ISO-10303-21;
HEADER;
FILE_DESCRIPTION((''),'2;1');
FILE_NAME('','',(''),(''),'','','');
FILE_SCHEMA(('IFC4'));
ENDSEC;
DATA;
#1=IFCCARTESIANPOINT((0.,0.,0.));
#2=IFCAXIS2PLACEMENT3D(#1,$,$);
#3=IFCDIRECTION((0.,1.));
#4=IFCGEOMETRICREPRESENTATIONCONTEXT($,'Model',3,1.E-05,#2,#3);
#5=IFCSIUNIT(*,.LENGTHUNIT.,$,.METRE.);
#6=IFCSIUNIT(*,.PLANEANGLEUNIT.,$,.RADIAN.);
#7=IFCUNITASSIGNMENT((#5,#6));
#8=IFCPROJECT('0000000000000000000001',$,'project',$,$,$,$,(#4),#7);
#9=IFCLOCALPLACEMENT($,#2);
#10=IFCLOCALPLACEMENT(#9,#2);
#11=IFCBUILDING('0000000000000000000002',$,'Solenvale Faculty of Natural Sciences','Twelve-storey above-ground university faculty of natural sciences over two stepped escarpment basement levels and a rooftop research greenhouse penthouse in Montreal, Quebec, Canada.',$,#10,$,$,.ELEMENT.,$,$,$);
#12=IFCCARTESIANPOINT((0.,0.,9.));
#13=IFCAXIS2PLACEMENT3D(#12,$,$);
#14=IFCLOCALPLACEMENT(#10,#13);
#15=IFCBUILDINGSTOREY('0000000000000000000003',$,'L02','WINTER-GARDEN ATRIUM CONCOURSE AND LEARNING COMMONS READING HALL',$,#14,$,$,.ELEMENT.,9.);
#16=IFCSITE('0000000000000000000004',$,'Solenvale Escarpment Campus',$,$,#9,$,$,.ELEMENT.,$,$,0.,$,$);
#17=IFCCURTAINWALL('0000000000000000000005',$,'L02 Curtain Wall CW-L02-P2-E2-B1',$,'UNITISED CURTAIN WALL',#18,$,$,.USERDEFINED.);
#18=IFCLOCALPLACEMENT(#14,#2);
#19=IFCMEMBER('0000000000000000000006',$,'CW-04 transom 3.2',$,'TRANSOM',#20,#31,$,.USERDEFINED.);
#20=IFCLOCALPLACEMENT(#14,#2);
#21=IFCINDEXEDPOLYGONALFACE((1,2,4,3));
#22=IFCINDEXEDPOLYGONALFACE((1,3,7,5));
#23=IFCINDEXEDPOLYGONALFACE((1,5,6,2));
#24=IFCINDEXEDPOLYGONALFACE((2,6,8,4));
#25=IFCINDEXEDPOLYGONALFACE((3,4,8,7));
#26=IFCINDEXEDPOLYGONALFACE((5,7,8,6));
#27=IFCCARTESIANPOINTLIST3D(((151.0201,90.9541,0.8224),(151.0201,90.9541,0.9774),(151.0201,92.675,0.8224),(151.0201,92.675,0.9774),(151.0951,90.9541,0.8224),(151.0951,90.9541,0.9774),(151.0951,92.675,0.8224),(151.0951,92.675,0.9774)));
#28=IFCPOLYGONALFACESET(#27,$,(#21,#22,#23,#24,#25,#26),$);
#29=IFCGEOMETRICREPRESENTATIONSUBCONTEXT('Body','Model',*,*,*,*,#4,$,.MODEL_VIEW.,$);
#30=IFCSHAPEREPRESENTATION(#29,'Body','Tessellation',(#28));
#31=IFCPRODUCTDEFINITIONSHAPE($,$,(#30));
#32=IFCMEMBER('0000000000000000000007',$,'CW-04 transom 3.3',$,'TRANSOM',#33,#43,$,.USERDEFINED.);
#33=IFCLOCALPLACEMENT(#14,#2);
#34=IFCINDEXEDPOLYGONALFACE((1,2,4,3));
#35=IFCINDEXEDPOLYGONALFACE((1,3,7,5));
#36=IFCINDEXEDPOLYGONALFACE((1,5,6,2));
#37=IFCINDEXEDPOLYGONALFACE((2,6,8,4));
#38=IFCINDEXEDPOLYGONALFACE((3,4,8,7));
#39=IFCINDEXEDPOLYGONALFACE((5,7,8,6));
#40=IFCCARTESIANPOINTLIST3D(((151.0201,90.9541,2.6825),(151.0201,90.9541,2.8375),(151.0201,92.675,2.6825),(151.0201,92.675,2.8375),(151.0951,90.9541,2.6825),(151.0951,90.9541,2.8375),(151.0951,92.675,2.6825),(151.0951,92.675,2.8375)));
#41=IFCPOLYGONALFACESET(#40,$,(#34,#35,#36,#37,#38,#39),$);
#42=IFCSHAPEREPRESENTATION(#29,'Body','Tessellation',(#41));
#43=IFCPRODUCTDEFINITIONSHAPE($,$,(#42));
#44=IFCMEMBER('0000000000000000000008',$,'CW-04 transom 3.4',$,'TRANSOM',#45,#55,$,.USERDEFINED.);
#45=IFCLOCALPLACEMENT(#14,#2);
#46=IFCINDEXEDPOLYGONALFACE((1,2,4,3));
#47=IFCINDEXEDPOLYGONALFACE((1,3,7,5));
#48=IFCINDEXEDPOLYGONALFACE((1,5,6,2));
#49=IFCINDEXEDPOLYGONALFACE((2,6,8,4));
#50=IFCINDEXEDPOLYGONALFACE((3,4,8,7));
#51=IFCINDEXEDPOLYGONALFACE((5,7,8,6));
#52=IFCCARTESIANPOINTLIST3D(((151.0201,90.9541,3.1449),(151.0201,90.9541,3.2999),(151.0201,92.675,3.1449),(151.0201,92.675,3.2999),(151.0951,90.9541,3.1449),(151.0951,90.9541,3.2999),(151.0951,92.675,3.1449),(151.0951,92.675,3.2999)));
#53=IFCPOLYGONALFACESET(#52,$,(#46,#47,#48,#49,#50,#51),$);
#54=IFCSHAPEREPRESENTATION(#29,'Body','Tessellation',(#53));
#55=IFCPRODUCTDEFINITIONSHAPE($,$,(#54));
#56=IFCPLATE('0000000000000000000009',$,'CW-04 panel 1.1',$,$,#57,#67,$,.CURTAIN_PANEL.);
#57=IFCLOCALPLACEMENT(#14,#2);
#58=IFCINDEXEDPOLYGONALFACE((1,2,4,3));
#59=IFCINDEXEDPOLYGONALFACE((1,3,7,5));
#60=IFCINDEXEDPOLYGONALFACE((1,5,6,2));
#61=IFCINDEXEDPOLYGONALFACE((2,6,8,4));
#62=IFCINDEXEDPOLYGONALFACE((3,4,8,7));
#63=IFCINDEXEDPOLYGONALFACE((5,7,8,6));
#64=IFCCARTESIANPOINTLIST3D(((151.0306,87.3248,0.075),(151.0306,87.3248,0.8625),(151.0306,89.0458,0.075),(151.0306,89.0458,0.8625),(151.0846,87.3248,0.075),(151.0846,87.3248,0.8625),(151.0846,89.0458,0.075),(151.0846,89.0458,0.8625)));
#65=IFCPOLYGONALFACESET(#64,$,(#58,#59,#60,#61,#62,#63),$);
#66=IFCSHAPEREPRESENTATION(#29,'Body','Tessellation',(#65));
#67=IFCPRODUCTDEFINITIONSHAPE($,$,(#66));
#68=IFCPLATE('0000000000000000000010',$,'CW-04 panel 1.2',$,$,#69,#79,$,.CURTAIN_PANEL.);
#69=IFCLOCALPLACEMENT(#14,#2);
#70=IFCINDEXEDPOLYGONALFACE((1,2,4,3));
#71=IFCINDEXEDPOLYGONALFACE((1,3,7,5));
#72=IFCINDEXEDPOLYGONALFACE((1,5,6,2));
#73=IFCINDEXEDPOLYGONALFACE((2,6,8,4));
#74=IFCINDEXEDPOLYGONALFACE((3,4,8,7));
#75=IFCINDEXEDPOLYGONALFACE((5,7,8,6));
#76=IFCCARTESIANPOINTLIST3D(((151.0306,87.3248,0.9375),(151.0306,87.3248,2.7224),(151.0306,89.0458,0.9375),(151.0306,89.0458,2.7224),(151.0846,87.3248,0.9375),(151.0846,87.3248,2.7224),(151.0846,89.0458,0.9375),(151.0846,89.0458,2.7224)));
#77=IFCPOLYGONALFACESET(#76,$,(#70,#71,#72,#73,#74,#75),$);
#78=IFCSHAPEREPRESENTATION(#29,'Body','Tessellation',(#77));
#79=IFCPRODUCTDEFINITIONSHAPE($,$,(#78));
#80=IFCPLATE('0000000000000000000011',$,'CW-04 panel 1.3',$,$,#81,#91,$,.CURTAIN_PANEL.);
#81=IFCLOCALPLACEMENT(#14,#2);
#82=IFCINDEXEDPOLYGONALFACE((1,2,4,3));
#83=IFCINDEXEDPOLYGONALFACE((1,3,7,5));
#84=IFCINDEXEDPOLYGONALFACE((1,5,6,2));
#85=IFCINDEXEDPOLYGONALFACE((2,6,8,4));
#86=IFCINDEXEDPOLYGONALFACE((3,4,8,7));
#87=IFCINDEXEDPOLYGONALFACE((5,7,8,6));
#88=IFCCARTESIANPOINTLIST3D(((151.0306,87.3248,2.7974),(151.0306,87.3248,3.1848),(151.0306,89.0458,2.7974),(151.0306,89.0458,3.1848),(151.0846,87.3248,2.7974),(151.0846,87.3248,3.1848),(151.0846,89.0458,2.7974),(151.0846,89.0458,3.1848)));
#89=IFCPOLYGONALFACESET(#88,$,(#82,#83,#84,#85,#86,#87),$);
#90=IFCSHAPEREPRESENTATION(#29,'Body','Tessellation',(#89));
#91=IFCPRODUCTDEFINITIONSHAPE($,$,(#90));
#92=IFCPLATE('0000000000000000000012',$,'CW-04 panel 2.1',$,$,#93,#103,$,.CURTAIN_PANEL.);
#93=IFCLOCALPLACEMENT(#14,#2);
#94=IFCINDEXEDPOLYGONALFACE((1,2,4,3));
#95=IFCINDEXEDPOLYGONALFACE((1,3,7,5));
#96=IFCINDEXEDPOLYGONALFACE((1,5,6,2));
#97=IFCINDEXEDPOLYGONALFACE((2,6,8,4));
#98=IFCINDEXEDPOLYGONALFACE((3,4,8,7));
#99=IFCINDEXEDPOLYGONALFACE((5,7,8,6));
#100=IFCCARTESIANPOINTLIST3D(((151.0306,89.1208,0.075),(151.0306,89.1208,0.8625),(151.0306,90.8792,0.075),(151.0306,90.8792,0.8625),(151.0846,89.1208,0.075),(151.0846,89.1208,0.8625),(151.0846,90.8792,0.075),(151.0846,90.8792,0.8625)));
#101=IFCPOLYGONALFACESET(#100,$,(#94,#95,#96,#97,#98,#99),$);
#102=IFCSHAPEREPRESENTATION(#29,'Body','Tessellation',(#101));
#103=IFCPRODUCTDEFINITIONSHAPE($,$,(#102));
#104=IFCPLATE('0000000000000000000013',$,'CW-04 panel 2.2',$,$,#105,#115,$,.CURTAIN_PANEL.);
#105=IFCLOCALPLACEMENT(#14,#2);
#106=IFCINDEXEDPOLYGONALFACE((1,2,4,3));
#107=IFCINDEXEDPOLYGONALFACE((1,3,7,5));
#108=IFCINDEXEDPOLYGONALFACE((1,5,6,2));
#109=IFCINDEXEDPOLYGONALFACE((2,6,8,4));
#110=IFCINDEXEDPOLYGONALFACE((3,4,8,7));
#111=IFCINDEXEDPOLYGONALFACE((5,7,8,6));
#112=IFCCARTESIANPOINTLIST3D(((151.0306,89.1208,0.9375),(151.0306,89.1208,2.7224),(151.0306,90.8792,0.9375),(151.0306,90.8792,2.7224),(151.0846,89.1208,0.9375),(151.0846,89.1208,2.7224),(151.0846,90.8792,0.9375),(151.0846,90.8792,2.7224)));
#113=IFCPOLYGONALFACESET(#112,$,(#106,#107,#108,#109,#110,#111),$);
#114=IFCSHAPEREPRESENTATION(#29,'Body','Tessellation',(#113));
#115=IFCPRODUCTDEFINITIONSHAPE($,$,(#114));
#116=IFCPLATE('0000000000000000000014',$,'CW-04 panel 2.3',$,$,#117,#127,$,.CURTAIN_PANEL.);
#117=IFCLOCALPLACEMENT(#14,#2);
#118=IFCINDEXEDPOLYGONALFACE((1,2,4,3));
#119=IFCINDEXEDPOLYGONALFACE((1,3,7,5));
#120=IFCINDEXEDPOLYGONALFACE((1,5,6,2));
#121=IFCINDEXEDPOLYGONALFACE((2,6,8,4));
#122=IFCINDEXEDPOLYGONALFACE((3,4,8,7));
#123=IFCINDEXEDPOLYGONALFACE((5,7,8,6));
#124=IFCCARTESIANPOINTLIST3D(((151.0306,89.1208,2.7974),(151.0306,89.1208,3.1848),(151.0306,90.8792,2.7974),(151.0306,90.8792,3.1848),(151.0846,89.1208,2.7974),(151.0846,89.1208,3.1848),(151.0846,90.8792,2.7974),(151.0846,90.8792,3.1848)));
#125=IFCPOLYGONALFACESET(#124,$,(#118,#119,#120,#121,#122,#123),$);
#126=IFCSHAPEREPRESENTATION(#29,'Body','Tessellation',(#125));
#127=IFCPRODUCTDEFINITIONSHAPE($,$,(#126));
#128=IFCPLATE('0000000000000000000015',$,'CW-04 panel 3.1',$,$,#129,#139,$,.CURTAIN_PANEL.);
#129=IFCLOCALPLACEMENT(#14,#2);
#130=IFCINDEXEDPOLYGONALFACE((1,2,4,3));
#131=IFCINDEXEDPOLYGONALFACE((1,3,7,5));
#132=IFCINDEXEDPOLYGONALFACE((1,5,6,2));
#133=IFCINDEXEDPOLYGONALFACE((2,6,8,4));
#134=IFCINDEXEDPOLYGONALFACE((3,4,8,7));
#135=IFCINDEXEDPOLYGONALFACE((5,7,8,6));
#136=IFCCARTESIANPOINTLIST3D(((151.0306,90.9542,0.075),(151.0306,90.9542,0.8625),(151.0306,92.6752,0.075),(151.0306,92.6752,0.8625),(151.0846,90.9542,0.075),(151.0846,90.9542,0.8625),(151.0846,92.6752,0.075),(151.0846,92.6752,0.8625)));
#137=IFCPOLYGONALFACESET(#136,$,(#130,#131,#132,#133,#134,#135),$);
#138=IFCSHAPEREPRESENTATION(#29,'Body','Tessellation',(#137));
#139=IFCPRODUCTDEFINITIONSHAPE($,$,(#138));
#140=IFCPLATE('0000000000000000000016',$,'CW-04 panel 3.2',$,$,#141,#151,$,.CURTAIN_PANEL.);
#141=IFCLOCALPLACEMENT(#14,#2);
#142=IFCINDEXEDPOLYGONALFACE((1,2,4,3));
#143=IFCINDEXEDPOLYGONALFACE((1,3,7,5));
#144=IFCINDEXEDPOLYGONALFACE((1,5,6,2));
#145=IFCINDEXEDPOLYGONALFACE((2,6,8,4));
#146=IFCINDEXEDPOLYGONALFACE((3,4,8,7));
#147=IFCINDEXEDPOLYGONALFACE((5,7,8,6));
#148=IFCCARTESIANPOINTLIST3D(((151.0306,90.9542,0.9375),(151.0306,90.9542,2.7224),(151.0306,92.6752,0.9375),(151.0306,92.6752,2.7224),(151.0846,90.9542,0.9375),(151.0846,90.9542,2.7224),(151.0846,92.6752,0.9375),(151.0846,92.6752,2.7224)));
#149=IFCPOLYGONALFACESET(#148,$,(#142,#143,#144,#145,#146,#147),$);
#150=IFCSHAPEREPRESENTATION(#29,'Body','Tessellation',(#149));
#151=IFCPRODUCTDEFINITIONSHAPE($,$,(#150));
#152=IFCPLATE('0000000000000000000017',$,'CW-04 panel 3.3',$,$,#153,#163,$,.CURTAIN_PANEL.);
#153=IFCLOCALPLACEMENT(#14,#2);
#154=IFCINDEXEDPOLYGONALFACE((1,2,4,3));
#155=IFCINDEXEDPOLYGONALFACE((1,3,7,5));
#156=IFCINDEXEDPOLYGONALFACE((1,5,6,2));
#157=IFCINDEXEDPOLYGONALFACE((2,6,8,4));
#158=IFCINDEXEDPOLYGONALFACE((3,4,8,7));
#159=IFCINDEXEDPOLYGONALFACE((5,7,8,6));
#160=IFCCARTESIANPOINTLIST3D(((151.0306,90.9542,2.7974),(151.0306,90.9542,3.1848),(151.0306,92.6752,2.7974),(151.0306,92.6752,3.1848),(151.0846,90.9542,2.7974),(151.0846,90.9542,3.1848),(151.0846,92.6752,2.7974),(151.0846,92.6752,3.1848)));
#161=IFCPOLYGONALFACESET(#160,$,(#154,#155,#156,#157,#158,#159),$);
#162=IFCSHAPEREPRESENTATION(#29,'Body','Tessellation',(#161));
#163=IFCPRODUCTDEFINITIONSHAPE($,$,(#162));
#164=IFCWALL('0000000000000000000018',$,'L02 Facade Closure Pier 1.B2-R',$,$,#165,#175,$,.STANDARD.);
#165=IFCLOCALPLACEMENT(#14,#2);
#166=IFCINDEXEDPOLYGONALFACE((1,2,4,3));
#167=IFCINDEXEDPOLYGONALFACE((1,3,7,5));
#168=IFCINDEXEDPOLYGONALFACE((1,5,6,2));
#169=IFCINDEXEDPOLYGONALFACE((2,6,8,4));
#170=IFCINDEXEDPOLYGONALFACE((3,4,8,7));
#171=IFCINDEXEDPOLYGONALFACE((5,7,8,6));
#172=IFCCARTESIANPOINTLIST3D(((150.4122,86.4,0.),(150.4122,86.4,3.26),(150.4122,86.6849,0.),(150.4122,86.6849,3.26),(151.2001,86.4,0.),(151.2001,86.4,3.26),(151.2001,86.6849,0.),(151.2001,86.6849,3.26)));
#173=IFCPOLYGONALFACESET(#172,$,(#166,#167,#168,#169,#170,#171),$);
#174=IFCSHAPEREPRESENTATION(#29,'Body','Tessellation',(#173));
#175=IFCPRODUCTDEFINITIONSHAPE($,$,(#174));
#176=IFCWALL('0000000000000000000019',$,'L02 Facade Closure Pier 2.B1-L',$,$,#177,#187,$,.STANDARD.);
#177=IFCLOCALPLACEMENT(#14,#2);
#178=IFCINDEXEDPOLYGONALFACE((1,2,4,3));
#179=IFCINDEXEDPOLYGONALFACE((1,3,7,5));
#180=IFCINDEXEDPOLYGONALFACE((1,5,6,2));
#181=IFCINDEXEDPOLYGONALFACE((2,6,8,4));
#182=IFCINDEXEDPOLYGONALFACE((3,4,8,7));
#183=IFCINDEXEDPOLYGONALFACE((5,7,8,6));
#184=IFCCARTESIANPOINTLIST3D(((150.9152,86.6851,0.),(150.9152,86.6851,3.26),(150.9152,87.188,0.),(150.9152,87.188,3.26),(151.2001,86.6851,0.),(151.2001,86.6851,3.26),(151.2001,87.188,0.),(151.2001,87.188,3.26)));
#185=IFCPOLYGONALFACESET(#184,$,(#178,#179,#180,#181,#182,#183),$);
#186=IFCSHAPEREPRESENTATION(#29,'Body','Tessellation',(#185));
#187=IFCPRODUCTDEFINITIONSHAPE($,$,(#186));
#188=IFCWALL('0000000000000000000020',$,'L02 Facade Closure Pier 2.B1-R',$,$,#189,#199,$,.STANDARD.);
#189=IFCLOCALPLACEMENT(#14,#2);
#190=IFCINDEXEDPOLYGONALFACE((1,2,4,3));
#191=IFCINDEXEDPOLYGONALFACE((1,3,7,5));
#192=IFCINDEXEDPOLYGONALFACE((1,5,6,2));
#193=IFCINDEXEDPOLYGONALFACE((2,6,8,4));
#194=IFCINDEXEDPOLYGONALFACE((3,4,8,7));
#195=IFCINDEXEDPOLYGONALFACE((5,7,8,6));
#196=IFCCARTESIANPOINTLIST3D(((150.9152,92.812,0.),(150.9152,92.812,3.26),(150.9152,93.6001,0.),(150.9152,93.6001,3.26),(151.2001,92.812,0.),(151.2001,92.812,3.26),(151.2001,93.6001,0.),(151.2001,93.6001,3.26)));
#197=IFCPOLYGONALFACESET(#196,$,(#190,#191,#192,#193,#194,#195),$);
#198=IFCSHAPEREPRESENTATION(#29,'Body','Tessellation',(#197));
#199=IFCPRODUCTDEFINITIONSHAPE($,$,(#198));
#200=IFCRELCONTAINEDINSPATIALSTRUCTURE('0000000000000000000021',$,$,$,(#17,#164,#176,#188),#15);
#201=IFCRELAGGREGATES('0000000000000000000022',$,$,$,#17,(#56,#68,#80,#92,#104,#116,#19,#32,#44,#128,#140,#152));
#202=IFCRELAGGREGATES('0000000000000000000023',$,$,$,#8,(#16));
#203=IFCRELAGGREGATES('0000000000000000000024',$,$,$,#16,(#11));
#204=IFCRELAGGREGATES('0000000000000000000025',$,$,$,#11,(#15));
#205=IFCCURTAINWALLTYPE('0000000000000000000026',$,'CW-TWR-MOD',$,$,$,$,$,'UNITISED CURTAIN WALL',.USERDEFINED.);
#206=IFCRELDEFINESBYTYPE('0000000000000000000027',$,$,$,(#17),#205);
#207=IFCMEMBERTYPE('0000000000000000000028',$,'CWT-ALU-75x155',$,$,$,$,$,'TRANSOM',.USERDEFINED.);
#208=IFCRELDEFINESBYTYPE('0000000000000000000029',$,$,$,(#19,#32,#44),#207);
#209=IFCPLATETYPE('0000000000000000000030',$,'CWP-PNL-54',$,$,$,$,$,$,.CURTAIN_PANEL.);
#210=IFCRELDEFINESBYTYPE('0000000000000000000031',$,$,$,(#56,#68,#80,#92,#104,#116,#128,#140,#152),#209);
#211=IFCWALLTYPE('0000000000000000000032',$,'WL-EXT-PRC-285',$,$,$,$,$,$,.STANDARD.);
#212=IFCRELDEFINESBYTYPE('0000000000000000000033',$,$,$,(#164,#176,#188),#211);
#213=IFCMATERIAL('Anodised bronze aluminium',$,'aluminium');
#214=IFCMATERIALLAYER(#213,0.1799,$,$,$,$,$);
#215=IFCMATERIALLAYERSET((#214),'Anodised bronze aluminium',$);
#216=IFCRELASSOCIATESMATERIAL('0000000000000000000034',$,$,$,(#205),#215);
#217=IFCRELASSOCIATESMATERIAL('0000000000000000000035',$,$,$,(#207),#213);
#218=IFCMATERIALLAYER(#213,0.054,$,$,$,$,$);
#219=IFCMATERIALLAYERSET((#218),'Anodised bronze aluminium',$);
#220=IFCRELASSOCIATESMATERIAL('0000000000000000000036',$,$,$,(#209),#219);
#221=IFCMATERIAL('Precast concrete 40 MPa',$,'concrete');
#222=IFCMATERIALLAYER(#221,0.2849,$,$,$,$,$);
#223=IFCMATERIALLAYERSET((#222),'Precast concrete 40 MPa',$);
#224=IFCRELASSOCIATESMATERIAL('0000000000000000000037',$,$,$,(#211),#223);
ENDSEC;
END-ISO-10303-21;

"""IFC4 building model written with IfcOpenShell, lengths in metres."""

from ifc_helpers import new_model, si_unit, direction, frame, frame_2d, origin, origin_2d, place, context, subcontext, project, spatial, rectangle, extrude, material, layer, layer_set, material_profile, profile_set, type_object, element, aggregate, save


model = new_model("IFC4")

# Units and contexts
model_context = context("Model", 3, precision=1e-05, world=origin(), true_north=direction((0.0, 1.0)))
body_context = subcontext(model_context, "Body", "Model", "MODEL_VIEW")
ifc_project = project(units=[si_unit("LENGTHUNIT", "METRE"), si_unit("PLANEANGLEUNIT", "RADIAN")], contexts=[model_context])

# Site, building, storey
site_placement = place(None, origin())
site = spatial("IfcSite", under=ifc_project, at=site_placement, Name="Solenvale Escarpment Campus", CompositionType="ELEMENT", RefElevation=0.0)
building_placement = place(site_placement, origin())
building = spatial("IfcBuilding", under=site, at=building_placement, Name="Solenvale Faculty of Natural Sciences", Description="Twelve-storey above-ground university faculty of natural sciences over two stepped escarpment basement levels and a rooftop research greenhouse penthouse in Montreal, Quebec, Canada.", CompositionType="ELEMENT")
storey_placement = place(building_placement, frame((0.0, 0.0, 9.0)))
storey = spatial("IfcBuildingStorey", under=building, at=storey_placement, Name="L02", Description="WINTER-GARDEN ATRIUM CONCOURSE AND LEARNING COMMONS READING HALL", CompositionType="ELEMENT", Elevation=9.0)

# Curtain wall, members, plates
ifc_material_1 = material(Name="Anodised bronze aluminium", Category="aluminium")
ifc_layer_1 = layer(ifc_material_1, 0.1799)
ifc_layer_set_1 = layer_set([ifc_layer_1], Name="Anodised bronze aluminium")
curtain_wall_type = type_object("IfcCurtainWallType", Name="CW-TWR-MOD", ElementType="UNITISED CURTAIN WALL", PredefinedType="USERDEFINED", material=ifc_layer_set_1)
curtain_wall_placement = place(storey_placement, origin())
curtain_wall = element("IfcCurtainWall", 1, at=curtain_wall_placement, inside=storey, type_object=curtain_wall_type, Name="L02 Curtain Wall CW-L02-P2-E2-B1", ObjectType="UNITISED CURTAIN WALL", PredefinedType="USERDEFINED")
ifc_material_profile_1 = material_profile(ifc_material_1, rectangle(XDim=0.075, YDim=0.155, at=origin_2d()), Name="ALU-TRN-75x155")
ifc_profile_set_1 = profile_set([ifc_material_profile_1], Name="Anodised bronze aluminium")
member_type_1 = type_object("IfcMemberType", Name="CWT-ALU-75x155", ElementType="TRANSOM", PredefinedType="USERDEFINED", material=ifc_profile_set_1)
member_1_placement = place(storey_placement, frame((151.0576, 90.9541, 0.8999), z_axis=(0.0, 1.0, 0.0), x_axis=(-1.0, 0.0, 0.0)))
member_1 = element("IfcMember", 2, at=member_1_placement, type_object=member_type_1, Name="CW-04 transom 3.2", ObjectType="TRANSOM", PredefinedType="USERDEFINED", context=body_context, shape_type="SweptSolid", body=[
    extrude(rectangle(XDim=0.075, YDim=0.155, at=origin_2d()), origin(), (0.0, 0.0, 1.0), 1.7209),
])
member_2_placement = place(storey_placement, frame((151.0576, 90.9541, 2.76), z_axis=(0.0, 1.0, 0.0), x_axis=(-1.0, 0.0, 0.0)))
member_2 = element("IfcMember", 3, at=member_2_placement, type_object=member_type_1, Name="CW-04 transom 3.3", ObjectType="TRANSOM", PredefinedType="USERDEFINED", context=body_context, shape_type="SweptSolid", body=[
    extrude(rectangle(XDim=0.075, YDim=0.155, at=origin_2d()), origin(), (0.0, 0.0, 1.0), 1.7209),
])
member_3_placement = place(storey_placement, frame((151.0576, 90.9541, 3.2224), z_axis=(0.0, 1.0, 0.0), x_axis=(-1.0, 0.0, 0.0)))
member_3 = element("IfcMember", 4, at=member_3_placement, type_object=member_type_1, Name="CW-04 transom 3.4", ObjectType="TRANSOM", PredefinedType="USERDEFINED", context=body_context, shape_type="SweptSolid", body=[
    extrude(rectangle(XDim=0.075, YDim=0.155, at=origin_2d()), origin(), (0.0, 0.0, 1.0), 1.7209),
])
ifc_layer_2 = layer(ifc_material_1, 0.054)
ifc_layer_set_2 = layer_set([ifc_layer_2], Name="Anodised bronze aluminium")
plate_type = type_object("IfcPlateType", Name="CWP-PNL-54", PredefinedType="CURTAIN_PANEL", material=ifc_layer_set_2)
plate_1_placement = place(storey_placement, frame((151.0576, 88.1853, 0.075), z_axis=(0.0, 0.0, 1.0), x_axis=(0.0, 1.0, 0.0)))
plate_1 = element("IfcPlate", 5, at=plate_1_placement, type_object=plate_type, Name="CW-04 panel 1.1", PredefinedType="CURTAIN_PANEL", context=body_context, shape_type="SweptSolid", body=[
    extrude(rectangle(XDim=1.7209, YDim=0.054, at=origin_2d()), origin(), (0.0, 0.0, 1.0), 0.7876),
])
plate_2_placement = place(storey_placement, frame((151.0576, 88.1853, 0.9375), z_axis=(0.0, 0.0, 1.0), x_axis=(0.0, 1.0, 0.0)))
plate_2 = element("IfcPlate", 6, at=plate_2_placement, type_object=plate_type, Name="CW-04 panel 1.2", PredefinedType="CURTAIN_PANEL", context=body_context, shape_type="SweptSolid", body=[
    extrude(rectangle(XDim=1.7209, YDim=0.054, at=origin_2d()), origin(), (0.0, 0.0, 1.0), 1.7849),
])
plate_3_placement = place(storey_placement, frame((151.0576, 88.1853, 2.7974), z_axis=(0.0, 0.0, 1.0), x_axis=(0.0, 1.0, 0.0)))
plate_3 = element("IfcPlate", 7, at=plate_3_placement, type_object=plate_type, Name="CW-04 panel 1.3", PredefinedType="CURTAIN_PANEL", context=body_context, shape_type="SweptSolid", body=[
    extrude(rectangle(XDim=1.7209, YDim=0.054, at=origin_2d()), origin(), (0.0, 0.0, 1.0), 0.3875),
])
plate_4_placement = place(storey_placement, frame((151.0576, 90.0, 0.075), z_axis=(0.0, 0.0, 1.0), x_axis=(0.0, 1.0, 0.0)))
plate_4 = element("IfcPlate", 8, at=plate_4_placement, type_object=plate_type, Name="CW-04 panel 2.1", PredefinedType="CURTAIN_PANEL", context=body_context, shape_type="SweptSolid", body=[
    extrude(rectangle(XDim=1.7583, YDim=0.054, at=origin_2d()), origin(), (0.0, 0.0, 1.0), 0.7876),
])
plate_5_placement = place(storey_placement, frame((151.0576, 90.0, 0.9375), z_axis=(0.0, 0.0, 1.0), x_axis=(0.0, 1.0, 0.0)))
plate_5 = element("IfcPlate", 9, at=plate_5_placement, type_object=plate_type, Name="CW-04 panel 2.2", PredefinedType="CURTAIN_PANEL", context=body_context, shape_type="SweptSolid", body=[
    extrude(rectangle(XDim=1.7583, YDim=0.054, at=origin_2d()), origin(), (0.0, 0.0, 1.0), 1.7849),
])
plate_6_placement = place(storey_placement, frame((151.0576, 90.0, 2.7974), z_axis=(0.0, 0.0, 1.0), x_axis=(0.0, 1.0, 0.0)))
plate_6 = element("IfcPlate", 10, at=plate_6_placement, type_object=plate_type, Name="CW-04 panel 2.3", PredefinedType="CURTAIN_PANEL", context=body_context, shape_type="SweptSolid", body=[
    extrude(rectangle(XDim=1.7583, YDim=0.054, at=origin_2d()), origin(), (0.0, 0.0, 1.0), 0.3875),
])
plate_7_placement = place(storey_placement, frame((151.0576, 91.8147, 0.075), z_axis=(0.0, 0.0, 1.0), x_axis=(0.0, 1.0, 0.0)))
plate_7 = element("IfcPlate", 11, at=plate_7_placement, type_object=plate_type, Name="CW-04 panel 3.1", PredefinedType="CURTAIN_PANEL", context=body_context, shape_type="SweptSolid", body=[
    extrude(rectangle(XDim=1.7209, YDim=0.054, at=origin_2d()), origin(), (0.0, 0.0, 1.0), 0.7876),
])
plate_8_placement = place(storey_placement, frame((151.0576, 91.8147, 0.9375), z_axis=(0.0, 0.0, 1.0), x_axis=(0.0, 1.0, 0.0)))
plate_8 = element("IfcPlate", 12, at=plate_8_placement, type_object=plate_type, Name="CW-04 panel 3.2", PredefinedType="CURTAIN_PANEL", context=body_context, shape_type="SweptSolid", body=[
    extrude(rectangle(XDim=1.7209, YDim=0.054, at=origin_2d()), origin(), (0.0, 0.0, 1.0), 1.7849),
])
plate_9_placement = place(storey_placement, frame((151.0576, 91.8147, 2.7974), z_axis=(0.0, 0.0, 1.0), x_axis=(0.0, 1.0, 0.0)))
plate_9 = element("IfcPlate", 13, at=plate_9_placement, type_object=plate_type, Name="CW-04 panel 3.3", PredefinedType="CURTAIN_PANEL", context=body_context, shape_type="SweptSolid", body=[
    extrude(rectangle(XDim=1.7209, YDim=0.054, at=origin_2d()), origin(), (0.0, 0.0, 1.0), 0.3875),
])
aggregate(curtain_wall, [plate_1, plate_2, plate_3, plate_4, plate_5, plate_6, member_1, member_2, member_3, plate_7, plate_8, plate_9])

# Walls
ifc_material_2 = material(Name="Precast concrete 40 MPa", Category="concrete")
ifc_layer_3 = layer(ifc_material_2, 0.2849)
ifc_layer_set_3 = layer_set([ifc_layer_3], Name="Precast concrete 40 MPa")
wall_type_1 = type_object("IfcWallType", Name="WL-EXT-PRC-285", PredefinedType="STANDARD", material=ifc_layer_set_3)
wall_1_placement = place(storey_placement, frame((150.4121, 86.5425, 0.0), z_axis=(0.0, 0.0, 1.0), x_axis=(1.0, 0.0, 0.0)))
element("IfcWall", 14, at=wall_1_placement, inside=storey, type_object=wall_type_1, Name="L02 Facade Closure Pier 1.B2-R", PredefinedType="STANDARD", context=body_context, shape_type="SweptSolid", body=[
    extrude(rectangle(XDim=0.7878, YDim=0.2849, at=frame_2d((0.394, 0.0))), origin(), (0.0, 0.0, 1.0), 3.26),
])
wall_2_placement = place(storey_placement, frame((151.0576, 86.6851, 0.0), z_axis=(0.0, 0.0, 1.0), x_axis=(0.0, 1.0, 0.0)))
element("IfcWall", 15, at=wall_2_placement, inside=storey, type_object=wall_type_1, Name="L02 Facade Closure Pier 2.B1-L", PredefinedType="STANDARD", context=body_context, shape_type="SweptSolid", body=[
    extrude(rectangle(XDim=0.5029, YDim=0.2849, at=frame_2d((0.2515, 0.0))), origin(), (0.0, 0.0, 1.0), 3.26),
])
wall_3_placement = place(storey_placement, frame((151.0576, 92.812, 0.0), z_axis=(0.0, 0.0, 1.0), x_axis=(0.0, 1.0, 0.0)))
element("IfcWall", 16, at=wall_3_placement, inside=storey, type_object=wall_type_1, Name="L02 Facade Closure Pier 2.B1-R", PredefinedType="STANDARD", context=body_context, shape_type="SweptSolid", body=[
    extrude(rectangle(XDim=0.7881, YDim=0.2849, at=frame_2d((0.394, 0.0))), origin(), (0.0, 0.0, 1.0), 3.26),
])

save(model, "model.ifc")
